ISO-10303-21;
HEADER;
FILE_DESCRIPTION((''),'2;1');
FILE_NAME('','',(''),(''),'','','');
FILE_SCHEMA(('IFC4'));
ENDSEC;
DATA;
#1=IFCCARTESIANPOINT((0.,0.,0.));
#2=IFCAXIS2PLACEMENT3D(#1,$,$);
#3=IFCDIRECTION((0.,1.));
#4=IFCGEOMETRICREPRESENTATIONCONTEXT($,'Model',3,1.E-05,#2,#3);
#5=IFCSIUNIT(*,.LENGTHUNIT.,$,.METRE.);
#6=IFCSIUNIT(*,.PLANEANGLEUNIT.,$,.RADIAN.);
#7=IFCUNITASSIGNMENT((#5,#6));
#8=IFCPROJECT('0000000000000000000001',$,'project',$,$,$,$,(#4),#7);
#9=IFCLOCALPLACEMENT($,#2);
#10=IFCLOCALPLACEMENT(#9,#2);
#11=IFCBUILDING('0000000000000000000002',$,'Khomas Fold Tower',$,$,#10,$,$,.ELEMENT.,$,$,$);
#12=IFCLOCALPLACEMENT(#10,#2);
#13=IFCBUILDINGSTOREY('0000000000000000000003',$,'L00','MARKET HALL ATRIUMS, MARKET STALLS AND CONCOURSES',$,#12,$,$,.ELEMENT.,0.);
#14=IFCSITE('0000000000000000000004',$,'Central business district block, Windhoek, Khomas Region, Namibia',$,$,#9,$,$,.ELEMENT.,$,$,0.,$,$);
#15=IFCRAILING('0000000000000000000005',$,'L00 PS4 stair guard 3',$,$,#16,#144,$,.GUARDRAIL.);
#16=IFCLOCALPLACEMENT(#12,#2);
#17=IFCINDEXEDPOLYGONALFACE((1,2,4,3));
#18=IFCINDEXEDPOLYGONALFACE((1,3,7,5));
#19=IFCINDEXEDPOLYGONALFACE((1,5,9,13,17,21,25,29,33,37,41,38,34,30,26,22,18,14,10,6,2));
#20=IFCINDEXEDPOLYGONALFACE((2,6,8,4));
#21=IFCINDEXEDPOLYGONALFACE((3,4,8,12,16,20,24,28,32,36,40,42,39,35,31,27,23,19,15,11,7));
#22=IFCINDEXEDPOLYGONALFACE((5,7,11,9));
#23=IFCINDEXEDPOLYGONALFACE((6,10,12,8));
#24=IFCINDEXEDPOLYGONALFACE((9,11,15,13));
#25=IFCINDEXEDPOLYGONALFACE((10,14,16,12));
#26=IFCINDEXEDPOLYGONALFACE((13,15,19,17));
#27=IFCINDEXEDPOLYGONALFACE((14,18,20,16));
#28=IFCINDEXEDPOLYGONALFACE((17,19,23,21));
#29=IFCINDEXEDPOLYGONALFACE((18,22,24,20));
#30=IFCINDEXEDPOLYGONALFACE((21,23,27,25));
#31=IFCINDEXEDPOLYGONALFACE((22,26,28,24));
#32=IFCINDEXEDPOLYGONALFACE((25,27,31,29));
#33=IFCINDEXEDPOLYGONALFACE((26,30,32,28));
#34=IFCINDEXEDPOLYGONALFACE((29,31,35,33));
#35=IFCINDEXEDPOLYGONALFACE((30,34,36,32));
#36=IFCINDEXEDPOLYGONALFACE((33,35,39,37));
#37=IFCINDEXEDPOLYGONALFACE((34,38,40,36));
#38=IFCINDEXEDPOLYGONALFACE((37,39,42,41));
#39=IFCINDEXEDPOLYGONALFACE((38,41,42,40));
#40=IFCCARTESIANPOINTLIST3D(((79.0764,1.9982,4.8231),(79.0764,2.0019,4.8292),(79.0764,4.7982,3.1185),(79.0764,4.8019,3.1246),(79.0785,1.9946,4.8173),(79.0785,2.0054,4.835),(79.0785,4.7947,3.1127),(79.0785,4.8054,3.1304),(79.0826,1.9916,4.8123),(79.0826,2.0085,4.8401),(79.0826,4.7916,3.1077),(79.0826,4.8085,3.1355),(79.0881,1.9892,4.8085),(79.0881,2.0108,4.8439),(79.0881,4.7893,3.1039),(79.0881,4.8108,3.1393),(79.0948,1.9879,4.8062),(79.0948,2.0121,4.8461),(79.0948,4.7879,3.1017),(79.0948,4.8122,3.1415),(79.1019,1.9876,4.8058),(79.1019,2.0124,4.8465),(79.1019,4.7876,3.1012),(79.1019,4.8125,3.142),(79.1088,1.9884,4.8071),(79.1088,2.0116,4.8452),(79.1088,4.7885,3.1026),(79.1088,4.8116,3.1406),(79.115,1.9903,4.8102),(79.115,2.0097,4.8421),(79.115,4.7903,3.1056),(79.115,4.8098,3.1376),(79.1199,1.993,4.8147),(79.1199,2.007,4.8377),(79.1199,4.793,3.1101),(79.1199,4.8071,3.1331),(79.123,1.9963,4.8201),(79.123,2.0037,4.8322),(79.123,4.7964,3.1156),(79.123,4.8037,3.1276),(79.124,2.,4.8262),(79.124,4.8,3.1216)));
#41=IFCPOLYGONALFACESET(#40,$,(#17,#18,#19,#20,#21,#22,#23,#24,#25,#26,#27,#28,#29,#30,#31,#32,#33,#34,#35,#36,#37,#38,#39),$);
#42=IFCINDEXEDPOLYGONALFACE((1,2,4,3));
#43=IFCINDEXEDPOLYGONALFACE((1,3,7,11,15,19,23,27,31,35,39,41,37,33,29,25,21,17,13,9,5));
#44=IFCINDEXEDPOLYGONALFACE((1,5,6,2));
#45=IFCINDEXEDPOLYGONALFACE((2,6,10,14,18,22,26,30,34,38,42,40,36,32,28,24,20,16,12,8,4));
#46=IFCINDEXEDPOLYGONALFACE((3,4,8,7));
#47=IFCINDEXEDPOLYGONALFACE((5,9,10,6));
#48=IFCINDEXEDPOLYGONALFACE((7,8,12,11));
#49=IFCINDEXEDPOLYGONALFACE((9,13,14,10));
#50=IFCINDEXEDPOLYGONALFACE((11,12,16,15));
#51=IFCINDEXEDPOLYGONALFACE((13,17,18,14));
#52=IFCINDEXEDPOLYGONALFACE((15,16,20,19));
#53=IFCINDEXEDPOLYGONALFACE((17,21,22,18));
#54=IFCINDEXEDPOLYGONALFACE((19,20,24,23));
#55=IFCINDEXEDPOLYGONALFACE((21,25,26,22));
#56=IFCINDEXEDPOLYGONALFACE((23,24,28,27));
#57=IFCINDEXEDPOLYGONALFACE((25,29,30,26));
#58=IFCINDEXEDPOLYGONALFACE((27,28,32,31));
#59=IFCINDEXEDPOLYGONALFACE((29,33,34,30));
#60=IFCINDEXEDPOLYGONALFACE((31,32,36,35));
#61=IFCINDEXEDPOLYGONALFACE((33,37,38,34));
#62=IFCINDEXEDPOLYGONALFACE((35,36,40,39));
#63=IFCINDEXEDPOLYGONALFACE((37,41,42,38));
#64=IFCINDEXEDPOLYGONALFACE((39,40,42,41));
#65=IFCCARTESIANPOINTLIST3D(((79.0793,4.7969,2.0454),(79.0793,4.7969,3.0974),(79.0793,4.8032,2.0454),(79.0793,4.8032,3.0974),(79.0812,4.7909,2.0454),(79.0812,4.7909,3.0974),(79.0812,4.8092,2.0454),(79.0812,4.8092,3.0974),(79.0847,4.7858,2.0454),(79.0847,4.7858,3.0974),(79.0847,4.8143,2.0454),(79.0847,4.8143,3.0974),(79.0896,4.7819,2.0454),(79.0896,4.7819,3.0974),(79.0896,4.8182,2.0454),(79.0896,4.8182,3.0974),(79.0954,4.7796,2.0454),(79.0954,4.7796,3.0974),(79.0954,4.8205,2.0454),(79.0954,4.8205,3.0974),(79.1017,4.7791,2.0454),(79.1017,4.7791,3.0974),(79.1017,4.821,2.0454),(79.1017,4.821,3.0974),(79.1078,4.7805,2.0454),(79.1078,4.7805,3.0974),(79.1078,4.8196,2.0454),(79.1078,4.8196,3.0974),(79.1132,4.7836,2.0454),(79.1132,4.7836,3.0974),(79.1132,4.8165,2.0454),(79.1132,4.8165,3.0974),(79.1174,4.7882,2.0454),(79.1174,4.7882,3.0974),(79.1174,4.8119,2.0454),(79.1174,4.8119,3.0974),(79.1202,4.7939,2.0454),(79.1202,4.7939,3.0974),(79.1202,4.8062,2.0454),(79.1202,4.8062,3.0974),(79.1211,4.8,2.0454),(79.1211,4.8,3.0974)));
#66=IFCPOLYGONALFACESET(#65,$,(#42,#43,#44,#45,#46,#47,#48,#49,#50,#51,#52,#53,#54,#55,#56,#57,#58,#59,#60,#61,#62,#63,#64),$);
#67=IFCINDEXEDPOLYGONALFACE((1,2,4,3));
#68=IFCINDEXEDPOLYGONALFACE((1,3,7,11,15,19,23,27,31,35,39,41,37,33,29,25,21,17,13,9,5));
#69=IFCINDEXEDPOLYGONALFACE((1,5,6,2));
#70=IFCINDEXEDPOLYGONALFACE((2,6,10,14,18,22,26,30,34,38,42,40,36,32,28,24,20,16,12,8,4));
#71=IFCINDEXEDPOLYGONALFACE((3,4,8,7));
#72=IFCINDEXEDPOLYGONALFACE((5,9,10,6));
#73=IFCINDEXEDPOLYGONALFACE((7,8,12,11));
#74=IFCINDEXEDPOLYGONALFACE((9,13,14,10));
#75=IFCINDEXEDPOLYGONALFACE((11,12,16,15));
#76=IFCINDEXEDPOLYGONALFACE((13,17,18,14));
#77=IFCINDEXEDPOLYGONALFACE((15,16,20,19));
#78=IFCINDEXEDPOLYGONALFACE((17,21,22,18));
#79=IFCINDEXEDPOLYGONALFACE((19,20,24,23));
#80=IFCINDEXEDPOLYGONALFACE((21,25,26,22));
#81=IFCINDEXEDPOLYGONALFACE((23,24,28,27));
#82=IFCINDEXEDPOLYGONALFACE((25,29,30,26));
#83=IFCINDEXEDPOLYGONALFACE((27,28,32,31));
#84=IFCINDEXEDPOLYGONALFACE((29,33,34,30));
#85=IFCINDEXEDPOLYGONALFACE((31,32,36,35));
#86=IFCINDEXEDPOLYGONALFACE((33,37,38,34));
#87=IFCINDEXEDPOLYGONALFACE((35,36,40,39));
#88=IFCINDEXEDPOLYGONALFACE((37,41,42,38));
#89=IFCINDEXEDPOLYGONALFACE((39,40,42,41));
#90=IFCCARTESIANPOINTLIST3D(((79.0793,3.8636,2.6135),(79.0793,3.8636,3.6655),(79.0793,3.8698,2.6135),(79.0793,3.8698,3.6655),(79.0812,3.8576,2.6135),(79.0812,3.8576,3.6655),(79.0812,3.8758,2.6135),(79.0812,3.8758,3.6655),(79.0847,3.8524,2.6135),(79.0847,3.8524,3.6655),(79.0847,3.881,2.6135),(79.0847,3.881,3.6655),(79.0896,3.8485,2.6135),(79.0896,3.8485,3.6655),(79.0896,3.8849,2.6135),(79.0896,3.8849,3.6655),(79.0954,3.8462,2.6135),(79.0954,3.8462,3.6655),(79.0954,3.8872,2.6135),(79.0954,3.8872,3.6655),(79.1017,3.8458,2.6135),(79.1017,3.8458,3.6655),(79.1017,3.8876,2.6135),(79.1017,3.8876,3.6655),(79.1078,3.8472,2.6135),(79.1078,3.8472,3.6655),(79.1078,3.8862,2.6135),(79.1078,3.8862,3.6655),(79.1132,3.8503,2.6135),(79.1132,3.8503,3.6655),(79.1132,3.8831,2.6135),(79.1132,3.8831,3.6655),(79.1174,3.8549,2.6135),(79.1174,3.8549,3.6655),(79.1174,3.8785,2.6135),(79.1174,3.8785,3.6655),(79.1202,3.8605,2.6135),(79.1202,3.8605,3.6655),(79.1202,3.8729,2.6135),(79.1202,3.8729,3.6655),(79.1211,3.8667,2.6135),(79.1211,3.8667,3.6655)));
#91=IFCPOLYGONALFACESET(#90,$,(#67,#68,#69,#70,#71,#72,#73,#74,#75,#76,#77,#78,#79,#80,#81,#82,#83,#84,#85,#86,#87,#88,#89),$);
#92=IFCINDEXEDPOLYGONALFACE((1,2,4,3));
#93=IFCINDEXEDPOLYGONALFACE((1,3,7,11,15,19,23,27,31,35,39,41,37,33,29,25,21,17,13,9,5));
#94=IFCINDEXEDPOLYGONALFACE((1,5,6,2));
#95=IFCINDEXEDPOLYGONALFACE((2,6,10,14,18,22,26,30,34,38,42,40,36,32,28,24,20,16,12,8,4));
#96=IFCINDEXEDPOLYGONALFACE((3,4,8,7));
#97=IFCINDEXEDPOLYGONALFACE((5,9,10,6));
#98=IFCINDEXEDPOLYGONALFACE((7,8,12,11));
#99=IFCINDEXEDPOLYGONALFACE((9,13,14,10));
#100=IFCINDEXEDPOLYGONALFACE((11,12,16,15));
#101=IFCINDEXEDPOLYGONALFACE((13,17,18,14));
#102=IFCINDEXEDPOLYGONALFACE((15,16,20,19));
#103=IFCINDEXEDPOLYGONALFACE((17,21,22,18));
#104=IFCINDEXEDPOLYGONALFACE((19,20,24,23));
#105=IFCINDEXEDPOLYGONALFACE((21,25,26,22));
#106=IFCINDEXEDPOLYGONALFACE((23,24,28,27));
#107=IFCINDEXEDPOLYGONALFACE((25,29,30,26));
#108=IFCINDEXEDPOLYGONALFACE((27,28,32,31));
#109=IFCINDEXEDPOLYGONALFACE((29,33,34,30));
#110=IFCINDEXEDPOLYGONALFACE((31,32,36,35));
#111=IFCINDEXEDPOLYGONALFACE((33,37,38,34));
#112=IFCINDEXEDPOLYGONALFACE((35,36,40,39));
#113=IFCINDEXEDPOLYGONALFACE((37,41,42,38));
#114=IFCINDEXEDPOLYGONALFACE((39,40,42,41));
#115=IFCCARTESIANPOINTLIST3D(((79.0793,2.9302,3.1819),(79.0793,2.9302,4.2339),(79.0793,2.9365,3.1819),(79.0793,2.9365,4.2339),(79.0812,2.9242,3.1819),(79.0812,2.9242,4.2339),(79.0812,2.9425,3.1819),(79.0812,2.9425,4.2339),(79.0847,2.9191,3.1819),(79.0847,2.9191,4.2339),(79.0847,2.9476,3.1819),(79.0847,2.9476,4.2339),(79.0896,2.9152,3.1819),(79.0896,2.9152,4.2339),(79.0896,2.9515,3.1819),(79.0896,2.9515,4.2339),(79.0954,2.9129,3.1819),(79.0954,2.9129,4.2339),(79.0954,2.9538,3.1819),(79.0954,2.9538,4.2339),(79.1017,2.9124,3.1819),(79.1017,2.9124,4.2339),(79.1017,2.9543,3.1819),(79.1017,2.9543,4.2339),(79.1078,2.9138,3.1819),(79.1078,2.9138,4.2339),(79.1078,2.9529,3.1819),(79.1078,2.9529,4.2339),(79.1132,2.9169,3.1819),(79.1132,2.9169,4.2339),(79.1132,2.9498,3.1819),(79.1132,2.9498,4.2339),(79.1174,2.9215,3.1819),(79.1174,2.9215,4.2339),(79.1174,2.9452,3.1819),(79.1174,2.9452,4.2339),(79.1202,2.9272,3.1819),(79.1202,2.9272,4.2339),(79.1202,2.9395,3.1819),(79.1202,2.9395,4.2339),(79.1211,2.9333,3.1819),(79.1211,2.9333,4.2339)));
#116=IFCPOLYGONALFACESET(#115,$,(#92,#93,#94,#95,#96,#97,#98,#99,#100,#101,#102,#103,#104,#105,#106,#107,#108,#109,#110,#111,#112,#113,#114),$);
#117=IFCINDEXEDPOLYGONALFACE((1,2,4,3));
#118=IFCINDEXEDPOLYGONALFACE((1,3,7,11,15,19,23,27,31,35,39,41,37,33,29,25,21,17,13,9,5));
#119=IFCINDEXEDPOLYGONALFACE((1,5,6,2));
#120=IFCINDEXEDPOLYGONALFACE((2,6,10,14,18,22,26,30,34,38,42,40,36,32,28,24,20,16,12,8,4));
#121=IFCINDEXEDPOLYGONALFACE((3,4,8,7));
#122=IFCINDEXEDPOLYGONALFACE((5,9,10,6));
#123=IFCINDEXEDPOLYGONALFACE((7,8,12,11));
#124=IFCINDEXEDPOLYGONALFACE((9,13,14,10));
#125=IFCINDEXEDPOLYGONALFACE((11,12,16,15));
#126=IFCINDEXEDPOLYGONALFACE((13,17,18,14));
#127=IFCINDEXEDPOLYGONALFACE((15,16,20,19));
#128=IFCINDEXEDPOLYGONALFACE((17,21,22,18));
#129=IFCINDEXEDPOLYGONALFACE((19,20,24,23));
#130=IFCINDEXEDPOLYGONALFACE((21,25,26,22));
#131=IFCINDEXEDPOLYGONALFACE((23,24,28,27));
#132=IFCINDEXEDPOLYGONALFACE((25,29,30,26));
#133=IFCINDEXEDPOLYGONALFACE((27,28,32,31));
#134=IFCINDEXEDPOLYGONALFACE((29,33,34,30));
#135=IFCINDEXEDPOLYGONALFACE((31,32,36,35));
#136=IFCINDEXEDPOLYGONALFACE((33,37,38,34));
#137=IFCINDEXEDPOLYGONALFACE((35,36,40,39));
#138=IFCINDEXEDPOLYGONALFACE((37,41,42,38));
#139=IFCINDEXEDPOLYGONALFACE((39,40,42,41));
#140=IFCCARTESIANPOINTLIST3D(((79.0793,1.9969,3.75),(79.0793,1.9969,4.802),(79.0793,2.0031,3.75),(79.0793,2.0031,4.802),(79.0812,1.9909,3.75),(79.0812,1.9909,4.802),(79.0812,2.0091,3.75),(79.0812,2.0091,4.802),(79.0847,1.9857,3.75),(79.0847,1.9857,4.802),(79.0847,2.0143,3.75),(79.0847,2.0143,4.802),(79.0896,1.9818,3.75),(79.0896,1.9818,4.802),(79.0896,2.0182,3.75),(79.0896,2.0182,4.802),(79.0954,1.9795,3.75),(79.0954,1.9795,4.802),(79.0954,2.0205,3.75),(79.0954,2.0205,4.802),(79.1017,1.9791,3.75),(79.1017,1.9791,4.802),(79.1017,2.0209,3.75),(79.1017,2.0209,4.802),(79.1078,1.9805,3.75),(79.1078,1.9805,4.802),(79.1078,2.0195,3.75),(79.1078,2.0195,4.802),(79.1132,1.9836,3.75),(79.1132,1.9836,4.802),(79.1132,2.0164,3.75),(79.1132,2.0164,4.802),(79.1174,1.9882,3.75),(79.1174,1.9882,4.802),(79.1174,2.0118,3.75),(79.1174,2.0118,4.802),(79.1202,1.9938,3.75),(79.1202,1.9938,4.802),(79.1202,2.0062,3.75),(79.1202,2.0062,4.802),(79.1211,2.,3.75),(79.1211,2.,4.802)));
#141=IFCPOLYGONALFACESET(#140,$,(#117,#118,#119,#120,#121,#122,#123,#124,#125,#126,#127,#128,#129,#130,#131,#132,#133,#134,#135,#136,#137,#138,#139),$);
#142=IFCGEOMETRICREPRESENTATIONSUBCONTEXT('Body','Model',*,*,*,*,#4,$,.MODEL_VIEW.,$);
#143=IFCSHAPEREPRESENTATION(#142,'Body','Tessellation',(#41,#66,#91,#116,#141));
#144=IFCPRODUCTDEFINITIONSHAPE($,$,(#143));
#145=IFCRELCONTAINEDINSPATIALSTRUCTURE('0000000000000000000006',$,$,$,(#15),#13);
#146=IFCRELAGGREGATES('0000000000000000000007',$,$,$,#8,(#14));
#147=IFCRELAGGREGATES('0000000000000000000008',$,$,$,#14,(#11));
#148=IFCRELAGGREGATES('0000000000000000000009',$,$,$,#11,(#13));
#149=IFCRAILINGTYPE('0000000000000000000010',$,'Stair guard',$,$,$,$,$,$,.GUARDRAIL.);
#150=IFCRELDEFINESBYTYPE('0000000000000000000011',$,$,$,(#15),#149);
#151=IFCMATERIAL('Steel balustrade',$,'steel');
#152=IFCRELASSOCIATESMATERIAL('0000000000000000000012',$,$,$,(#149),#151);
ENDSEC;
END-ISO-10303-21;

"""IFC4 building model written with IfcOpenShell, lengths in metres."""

from ifc_helpers import new_model, si_unit, direction, frame, origin, origin_2d, place, context, subcontext, project, spatial, circle, extrude, source, transform, mapped, material, type_object, element, save


model = new_model("IFC4")

# Units and contexts
model_context = context("Model", 3, precision=1e-05, world=origin(), true_north=direction((0.0, 1.0)))
body_context = subcontext(model_context, "Body", "Model", "MODEL_VIEW")
ifc_project = project(units=[si_unit("LENGTHUNIT", "METRE"), si_unit("PLANEANGLEUNIT", "RADIAN")], contexts=[model_context])

# Site, building, storey
site_placement = place(None, origin())
site = spatial("IfcSite", under=ifc_project, at=site_placement, Name="Central business district block, Windhoek, Khomas Region, Namibia", CompositionType="ELEMENT", RefElevation=0.0)
building_placement = place(site_placement, origin())
building = spatial("IfcBuilding", under=site, at=building_placement, Name="Khomas Fold Tower", CompositionType="ELEMENT")
storey_placement = place(building_placement, origin())
storey = spatial("IfcBuildingStorey", under=building, at=storey_placement, Name="L00", Description="MARKET HALL ATRIUMS, MARKET STALLS AND CONCOURSES", CompositionType="ELEMENT", Elevation=0.0)

# Railing
ifc_material_1 = material(Name="Steel balustrade", Category="steel")
railing_type_1 = type_object("IfcRailingType", Name="Stair guard", PredefinedType="GUARDRAIL", material=ifc_material_1)
shared_shape_1 = source(origin(), body_context, "Body", "SweptSolid", [
    extrude(circle(Radius=0.0239, at=origin_2d()), frame((0.0, 0.0, 1.0762), z_axis=(0.0, -0.85417, 0.519994), x_axis=(1.0, 0.0, 0.0)), (0.0, 0.0, 1.0), 3.2781),
    extrude(circle(Radius=0.021, at=origin_2d()), origin(), (0.0, 0.0, 1.0), 1.052),
    extrude(circle(Radius=0.021, at=origin_2d()), frame((0.0, -0.9333, 0.5681)), (0.0, 0.0, 1.0), 1.052),
    extrude(circle(Radius=0.021, at=origin_2d()), frame((0.0, -1.8667, 1.1365)), (0.0, 0.0, 1.0), 1.052),
    extrude(circle(Radius=0.021, at=origin_2d()), frame((0.0, -2.8, 1.7046)), (0.0, 0.0, 1.0), 1.052),
])
for number, where, name in (
    (1, (79.1001, 4.8, 2.0454), "L00 PS4 stair guard 3"),
):
    element("IfcRailing", number, at=place(storey_placement, frame(where)), inside=storey, type_object=railing_type_1, Name=name, PredefinedType="GUARDRAIL", context=body_context, shape_type="MappedRepresentation", body=[
        mapped(shared_shape_1, transform((0.0, 0.0, 0.0))),
    ])

save(model, "model.ifc")
